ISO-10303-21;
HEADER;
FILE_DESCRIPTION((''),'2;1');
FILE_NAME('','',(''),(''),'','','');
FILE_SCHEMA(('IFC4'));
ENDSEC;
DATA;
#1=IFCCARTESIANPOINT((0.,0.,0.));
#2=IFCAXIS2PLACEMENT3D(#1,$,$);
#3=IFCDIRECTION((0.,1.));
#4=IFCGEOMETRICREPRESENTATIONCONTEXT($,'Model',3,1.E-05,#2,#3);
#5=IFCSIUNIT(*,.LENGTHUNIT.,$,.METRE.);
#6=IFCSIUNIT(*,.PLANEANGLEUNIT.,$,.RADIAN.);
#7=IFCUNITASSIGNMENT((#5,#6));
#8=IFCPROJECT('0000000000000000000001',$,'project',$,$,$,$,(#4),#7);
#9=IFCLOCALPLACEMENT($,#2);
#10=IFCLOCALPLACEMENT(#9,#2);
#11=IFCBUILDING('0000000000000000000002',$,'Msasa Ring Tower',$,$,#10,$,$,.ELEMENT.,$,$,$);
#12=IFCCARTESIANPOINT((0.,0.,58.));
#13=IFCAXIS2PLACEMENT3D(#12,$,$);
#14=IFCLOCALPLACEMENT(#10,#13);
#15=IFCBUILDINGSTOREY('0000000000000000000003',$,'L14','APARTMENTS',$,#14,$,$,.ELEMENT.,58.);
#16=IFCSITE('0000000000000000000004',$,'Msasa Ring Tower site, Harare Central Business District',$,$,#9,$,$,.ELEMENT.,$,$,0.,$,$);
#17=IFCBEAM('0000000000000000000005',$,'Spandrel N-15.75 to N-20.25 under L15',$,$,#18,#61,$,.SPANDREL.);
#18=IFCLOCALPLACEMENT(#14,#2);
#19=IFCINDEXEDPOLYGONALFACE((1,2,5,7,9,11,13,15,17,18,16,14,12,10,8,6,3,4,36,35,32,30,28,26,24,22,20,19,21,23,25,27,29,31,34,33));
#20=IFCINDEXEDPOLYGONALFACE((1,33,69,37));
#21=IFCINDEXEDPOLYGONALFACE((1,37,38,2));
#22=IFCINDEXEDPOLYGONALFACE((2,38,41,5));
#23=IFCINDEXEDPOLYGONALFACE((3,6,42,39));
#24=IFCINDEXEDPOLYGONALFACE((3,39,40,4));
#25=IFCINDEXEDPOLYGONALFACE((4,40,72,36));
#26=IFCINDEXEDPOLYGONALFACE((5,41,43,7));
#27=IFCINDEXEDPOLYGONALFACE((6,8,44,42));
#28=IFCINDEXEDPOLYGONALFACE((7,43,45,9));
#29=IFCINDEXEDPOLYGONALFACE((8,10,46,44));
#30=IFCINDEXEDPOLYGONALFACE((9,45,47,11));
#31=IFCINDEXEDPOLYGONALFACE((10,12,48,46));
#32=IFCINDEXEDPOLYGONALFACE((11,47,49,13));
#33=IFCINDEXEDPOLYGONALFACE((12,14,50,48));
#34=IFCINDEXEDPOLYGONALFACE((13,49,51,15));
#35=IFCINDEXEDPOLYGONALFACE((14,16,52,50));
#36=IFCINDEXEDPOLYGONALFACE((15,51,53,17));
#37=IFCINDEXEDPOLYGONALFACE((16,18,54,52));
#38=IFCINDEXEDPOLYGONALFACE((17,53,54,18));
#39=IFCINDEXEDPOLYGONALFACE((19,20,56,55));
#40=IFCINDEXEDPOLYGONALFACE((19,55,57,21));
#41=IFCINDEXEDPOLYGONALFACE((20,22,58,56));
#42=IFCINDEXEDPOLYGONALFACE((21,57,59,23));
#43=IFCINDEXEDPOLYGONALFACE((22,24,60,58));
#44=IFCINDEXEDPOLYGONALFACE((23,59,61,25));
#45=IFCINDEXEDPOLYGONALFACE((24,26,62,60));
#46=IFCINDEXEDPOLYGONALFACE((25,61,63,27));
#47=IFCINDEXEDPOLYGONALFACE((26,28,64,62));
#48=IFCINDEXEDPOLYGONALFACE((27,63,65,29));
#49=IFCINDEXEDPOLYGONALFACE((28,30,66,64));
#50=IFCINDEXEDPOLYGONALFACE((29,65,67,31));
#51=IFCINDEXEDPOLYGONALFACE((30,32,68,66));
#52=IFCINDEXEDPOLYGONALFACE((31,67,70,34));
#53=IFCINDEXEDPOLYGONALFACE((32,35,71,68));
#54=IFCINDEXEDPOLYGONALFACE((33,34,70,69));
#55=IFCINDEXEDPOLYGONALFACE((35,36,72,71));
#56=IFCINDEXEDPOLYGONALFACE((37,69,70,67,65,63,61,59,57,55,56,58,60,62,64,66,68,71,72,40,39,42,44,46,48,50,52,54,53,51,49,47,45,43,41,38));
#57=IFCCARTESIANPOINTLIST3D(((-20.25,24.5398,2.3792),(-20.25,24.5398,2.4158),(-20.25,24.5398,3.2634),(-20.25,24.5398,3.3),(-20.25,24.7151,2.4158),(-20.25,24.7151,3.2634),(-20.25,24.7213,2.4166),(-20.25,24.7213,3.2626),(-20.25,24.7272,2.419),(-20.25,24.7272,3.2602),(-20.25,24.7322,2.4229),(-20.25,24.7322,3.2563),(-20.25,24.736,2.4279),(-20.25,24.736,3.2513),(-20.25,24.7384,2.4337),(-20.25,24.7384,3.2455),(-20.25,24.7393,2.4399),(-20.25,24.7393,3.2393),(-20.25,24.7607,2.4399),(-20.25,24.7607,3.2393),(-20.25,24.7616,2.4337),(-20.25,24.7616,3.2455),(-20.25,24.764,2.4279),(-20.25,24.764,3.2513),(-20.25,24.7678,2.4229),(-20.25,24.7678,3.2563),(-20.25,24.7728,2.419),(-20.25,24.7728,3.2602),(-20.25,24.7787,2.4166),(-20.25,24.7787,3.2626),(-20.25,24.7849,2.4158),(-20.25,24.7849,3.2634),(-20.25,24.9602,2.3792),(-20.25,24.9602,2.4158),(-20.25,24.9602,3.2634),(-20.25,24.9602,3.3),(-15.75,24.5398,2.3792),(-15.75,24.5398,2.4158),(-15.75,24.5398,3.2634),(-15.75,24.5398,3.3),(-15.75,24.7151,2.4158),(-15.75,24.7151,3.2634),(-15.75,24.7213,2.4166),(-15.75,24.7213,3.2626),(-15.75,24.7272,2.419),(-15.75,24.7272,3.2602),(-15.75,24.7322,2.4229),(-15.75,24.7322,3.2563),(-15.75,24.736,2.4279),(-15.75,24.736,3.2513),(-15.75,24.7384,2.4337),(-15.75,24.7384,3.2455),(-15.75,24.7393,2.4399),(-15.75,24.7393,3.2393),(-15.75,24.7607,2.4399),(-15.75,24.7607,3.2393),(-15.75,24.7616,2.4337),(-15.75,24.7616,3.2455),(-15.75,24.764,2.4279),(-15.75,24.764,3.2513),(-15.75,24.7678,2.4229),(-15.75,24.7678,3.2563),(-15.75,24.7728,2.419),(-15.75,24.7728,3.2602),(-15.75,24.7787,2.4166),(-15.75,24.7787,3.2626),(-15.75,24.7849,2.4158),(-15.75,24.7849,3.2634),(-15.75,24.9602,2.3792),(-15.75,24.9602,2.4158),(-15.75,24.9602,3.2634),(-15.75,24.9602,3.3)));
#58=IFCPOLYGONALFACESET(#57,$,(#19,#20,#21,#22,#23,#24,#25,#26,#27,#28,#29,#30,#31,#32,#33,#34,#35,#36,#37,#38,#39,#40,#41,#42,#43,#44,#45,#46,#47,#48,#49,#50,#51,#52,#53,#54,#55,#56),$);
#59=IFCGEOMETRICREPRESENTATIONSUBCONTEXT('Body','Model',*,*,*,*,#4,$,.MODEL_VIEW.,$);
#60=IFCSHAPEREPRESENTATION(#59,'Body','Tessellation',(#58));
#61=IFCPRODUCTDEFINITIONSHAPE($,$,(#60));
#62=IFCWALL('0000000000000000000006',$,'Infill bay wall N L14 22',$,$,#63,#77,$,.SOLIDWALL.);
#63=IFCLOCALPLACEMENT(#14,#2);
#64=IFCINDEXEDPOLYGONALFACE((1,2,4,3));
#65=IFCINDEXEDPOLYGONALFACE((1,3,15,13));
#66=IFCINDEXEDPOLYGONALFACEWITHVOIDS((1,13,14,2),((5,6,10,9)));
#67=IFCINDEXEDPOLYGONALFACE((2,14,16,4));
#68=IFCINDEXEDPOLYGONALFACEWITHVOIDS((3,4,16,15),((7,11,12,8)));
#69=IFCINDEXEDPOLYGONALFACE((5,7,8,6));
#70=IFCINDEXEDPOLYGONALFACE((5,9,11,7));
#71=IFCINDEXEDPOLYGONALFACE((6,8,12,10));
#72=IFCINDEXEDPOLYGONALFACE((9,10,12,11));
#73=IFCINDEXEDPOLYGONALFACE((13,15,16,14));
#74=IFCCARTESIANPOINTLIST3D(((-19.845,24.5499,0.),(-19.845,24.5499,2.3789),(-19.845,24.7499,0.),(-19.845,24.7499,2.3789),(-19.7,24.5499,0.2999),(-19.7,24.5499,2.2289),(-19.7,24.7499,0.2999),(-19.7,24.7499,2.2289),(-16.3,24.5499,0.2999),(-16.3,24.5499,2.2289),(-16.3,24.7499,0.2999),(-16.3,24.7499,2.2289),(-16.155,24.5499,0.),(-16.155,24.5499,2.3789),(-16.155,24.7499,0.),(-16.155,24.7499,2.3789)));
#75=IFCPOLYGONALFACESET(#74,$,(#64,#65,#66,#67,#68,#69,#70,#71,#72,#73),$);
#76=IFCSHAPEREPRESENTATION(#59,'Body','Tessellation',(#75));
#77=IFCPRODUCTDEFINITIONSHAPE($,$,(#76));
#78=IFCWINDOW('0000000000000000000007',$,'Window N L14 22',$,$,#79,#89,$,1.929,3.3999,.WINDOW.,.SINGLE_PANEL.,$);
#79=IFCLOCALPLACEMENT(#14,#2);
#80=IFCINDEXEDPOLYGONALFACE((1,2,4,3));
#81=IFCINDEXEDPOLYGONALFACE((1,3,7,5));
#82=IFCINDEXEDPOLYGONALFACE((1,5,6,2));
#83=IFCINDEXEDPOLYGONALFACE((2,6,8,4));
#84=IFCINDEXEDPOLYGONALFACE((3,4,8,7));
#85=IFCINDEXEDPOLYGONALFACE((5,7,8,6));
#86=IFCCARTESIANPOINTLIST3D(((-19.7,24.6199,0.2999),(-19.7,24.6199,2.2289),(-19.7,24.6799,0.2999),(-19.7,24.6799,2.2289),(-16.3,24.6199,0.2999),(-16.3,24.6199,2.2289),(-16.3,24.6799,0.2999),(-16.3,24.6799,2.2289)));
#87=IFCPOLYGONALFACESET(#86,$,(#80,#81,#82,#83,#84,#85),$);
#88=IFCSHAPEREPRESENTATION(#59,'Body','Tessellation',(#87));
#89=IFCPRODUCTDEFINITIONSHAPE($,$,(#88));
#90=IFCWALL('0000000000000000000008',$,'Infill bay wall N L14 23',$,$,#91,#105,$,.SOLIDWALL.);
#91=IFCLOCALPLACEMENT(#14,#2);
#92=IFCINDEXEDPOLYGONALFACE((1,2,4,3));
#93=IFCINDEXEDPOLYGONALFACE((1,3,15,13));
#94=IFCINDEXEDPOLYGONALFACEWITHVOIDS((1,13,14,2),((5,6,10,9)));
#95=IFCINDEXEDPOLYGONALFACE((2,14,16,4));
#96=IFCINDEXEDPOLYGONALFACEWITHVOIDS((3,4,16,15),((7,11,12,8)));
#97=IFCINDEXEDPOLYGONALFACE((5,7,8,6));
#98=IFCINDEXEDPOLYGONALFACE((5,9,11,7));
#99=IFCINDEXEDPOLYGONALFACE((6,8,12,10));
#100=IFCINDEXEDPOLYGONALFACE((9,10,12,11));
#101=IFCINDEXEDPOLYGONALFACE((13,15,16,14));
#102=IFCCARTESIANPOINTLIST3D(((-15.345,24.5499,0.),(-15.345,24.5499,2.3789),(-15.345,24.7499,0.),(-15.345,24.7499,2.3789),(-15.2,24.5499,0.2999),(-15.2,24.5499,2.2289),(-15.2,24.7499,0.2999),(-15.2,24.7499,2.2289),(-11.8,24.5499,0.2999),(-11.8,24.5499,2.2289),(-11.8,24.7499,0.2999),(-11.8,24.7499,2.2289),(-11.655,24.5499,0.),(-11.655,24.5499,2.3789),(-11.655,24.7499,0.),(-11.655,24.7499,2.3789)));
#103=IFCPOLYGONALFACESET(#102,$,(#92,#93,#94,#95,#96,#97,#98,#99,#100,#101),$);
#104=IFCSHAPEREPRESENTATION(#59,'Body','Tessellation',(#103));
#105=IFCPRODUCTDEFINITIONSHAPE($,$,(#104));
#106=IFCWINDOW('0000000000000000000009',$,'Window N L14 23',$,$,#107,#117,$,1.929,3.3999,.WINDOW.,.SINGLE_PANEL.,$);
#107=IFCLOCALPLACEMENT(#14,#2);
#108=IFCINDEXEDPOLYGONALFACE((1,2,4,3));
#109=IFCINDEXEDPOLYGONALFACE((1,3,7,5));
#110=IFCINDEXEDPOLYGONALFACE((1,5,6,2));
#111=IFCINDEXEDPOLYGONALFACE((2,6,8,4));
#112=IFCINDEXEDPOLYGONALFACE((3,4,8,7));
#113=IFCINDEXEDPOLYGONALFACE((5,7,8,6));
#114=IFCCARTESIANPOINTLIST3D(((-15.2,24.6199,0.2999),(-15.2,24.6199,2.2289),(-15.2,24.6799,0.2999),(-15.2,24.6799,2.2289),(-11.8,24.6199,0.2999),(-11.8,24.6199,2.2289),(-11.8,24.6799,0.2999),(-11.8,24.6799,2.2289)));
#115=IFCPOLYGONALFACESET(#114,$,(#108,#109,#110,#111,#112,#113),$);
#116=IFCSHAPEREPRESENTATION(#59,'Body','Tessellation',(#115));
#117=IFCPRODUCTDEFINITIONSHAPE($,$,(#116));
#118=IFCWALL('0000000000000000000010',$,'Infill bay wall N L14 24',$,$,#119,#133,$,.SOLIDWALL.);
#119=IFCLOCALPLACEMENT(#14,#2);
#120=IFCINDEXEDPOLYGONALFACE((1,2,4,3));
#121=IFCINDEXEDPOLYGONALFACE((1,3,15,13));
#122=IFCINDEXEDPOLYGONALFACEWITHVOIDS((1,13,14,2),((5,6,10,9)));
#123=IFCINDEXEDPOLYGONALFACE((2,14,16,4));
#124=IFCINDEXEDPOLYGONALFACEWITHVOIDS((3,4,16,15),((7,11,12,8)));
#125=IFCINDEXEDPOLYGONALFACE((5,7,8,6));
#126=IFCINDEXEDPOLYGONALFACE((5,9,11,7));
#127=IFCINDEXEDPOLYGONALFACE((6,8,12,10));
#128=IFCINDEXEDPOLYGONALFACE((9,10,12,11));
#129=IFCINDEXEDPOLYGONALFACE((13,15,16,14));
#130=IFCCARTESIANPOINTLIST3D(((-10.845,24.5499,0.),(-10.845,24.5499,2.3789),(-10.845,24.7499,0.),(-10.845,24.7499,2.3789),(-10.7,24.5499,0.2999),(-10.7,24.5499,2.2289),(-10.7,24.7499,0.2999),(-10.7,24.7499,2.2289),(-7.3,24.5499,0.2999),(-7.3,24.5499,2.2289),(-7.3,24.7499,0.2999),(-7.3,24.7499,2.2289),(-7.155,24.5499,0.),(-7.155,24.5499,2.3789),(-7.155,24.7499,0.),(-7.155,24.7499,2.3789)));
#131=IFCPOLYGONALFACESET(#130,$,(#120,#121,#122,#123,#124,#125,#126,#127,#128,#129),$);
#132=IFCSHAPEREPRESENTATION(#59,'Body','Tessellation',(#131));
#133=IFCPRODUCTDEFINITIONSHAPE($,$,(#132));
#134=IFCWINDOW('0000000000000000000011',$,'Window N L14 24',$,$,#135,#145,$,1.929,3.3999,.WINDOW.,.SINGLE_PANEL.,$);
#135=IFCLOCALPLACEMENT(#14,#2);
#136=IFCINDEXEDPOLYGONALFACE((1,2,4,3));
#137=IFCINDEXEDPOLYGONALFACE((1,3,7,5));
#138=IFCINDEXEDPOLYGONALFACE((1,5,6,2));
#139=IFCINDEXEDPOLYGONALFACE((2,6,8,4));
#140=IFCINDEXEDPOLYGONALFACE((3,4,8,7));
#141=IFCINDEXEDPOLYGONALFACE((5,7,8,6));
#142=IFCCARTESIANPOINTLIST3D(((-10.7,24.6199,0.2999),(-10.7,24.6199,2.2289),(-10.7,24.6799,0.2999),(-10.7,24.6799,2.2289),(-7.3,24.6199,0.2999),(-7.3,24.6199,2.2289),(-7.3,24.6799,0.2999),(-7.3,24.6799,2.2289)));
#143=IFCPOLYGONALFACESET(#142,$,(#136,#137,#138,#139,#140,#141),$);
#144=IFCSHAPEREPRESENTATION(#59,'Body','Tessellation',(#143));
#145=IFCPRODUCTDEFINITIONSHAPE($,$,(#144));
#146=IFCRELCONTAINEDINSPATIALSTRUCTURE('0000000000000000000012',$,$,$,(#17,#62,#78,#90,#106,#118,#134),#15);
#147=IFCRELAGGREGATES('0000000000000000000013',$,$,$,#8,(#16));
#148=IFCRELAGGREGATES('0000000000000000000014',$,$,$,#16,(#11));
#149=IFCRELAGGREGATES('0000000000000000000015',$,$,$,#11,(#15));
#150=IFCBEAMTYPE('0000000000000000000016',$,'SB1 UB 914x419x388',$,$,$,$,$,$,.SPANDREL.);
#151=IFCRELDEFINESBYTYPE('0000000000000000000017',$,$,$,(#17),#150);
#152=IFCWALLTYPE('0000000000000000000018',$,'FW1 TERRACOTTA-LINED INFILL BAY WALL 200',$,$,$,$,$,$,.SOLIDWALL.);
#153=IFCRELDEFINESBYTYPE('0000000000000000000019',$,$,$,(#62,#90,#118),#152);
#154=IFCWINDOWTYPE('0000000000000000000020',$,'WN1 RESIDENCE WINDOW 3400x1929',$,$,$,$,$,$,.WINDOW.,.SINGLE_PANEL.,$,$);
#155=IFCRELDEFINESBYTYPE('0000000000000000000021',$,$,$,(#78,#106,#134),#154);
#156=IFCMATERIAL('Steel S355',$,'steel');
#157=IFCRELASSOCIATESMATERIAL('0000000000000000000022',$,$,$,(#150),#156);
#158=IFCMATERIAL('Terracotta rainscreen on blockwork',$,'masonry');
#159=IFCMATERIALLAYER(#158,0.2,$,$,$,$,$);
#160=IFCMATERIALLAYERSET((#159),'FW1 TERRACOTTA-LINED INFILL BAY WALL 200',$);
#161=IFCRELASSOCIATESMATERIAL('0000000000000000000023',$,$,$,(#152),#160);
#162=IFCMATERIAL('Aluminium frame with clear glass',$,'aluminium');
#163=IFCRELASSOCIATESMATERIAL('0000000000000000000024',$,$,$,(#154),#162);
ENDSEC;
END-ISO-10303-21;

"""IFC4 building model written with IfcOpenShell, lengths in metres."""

from ifc_helpers import new_model, si_unit, direction, frame, frame_2d, origin, origin_2d, place, context, subcontext, project, spatial, rectangle, i_section, extrude, material, layer, layer_set, material_profile, profile_set, type_object, element, fill, save


model = new_model("IFC4")

# Units and contexts
model_context = context("Model", 3, precision=1e-05, world=origin(), true_north=direction((0.0, 1.0)))
body_context = subcontext(model_context, "Body", "Model", "MODEL_VIEW")
ifc_project = project(units=[si_unit("LENGTHUNIT", "METRE"), si_unit("PLANEANGLEUNIT", "RADIAN")], contexts=[model_context])

# Site, building, storey
site_placement = place(None, origin())
site = spatial("IfcSite", under=ifc_project, at=site_placement, Name="Msasa Ring Tower site, Harare Central Business District", CompositionType="ELEMENT", RefElevation=0.0)
building_placement = place(site_placement, origin())
building = spatial("IfcBuilding", under=site, at=building_placement, Name="Msasa Ring Tower", CompositionType="ELEMENT")
storey_placement = place(building_placement, frame((0.0, 0.0, 58.0)))
storey = spatial("IfcBuildingStorey", under=building, at=storey_placement, Name="L14", Description="APARTMENTS", CompositionType="ELEMENT", Elevation=58.0)

# Beam
ifc_material_1 = material(Name="Steel S355", Category="steel")
ifc_material_profile_1 = material_profile(ifc_material_1, i_section(OverallWidth=0.4204, OverallDepth=0.9209, WebThickness=0.0215, FlangeThickness=0.0366, FilletRadius=0.0242, at=origin_2d()), Name="UB 914x419x388")
ifc_profile_set_1 = profile_set([ifc_material_profile_1], Name="Steel S355")
beam_type_1 = type_object("IfcBeamType", Name="SB1 UB 914x419x388", PredefinedType="SPANDREL", material=ifc_profile_set_1)
for number, where, z_axis, x_axis, name in (
    (1, (-15.75, 24.75, 2.8396), (-1.0, 0.0, 0.0), (0.0, -1.0, 0.0), "Spandrel N-15.75 to N-20.25 under L15"),
):
    element("IfcBeam", number, at=place(storey_placement, frame(where, z_axis=z_axis, x_axis=x_axis)), inside=storey, type_object=beam_type_1, Name=name, PredefinedType="SPANDREL", context=body_context, shape_type="SweptSolid", body=[
        extrude(i_section(OverallWidth=0.4204, OverallDepth=0.9209, WebThickness=0.0215, FlangeThickness=0.0366, FilletRadius=0.0242, at=origin_2d()), origin(), (0.0, 0.0, 1.0), 4.5),
    ])

# Walls, openings, windows
ifc_material_2 = material(Name="Terracotta rainscreen on blockwork", Category="masonry")
ifc_layer_1 = layer(ifc_material_2, 0.2)
ifc_layer_set_1 = layer_set([ifc_layer_1], Name="FW1 TERRACOTTA-LINED INFILL BAY WALL 200")
wall_type_1 = type_object("IfcWallType", Name="FW1 TERRACOTTA-LINED INFILL BAY WALL 200", PredefinedType="SOLIDWALL", material=ifc_layer_set_1)
wall_1_placement = place(storey_placement, frame((-19.845, 24.6499, 0.0), z_axis=(0.0, 0.0, 1.0), x_axis=(1.0, 0.0, 0.0)))
wall_1 = element("IfcWall", 2, at=wall_1_placement, inside=storey, type_object=wall_type_1, Name="Infill bay wall N L14 22", PredefinedType="SOLIDWALL", context=body_context, shape_type="SweptSolid", body=[
    extrude(rectangle(XDim=3.6899, YDim=0.2, at=frame_2d((1.845, 0.0))), origin(), (0.0, 0.0, 1.0), 2.3789),
])
opening_1_placement = place(wall_1_placement, frame((0.145, 0.0, 0.3)))
opening_1 = element("IfcOpeningElement", 3, at=opening_1_placement, cuts=wall_1, PredefinedType="OPENING", context=body_context, shape_type="SweptSolid", body=[
    extrude(rectangle(XDim=3.3999, YDim=1.929, at=frame_2d((1.7, 0.9644))), frame((0.0, 0.1099, 0.0), z_axis=(0.0, -1.0, 0.0), x_axis=(1.0, 0.0, 0.0)), (0.0, 0.0, 1.0), 0.22),
])
ifc_material_3 = material(Name="Aluminium frame with clear glass", Category="aluminium")
window_type = type_object("IfcWindowType", Name="WN1 RESIDENCE WINDOW 3400x1929", PartitioningType="SINGLE_PANEL", PredefinedType="WINDOW", material=ifc_material_3)
window_1_placement = place(opening_1_placement, origin())
window_1 = element("IfcWindow", 4, at=window_1_placement, inside=storey, type_object=window_type, Name="Window N L14 22", OverallHeight=1.929, OverallWidth=3.3999, PartitioningType="SINGLE_PANEL", PredefinedType="WINDOW", context=body_context, shape_type="SweptSolid", body=[
    extrude(rectangle(XDim=3.3999, YDim=1.929, at=frame_2d((1.7, 0.9644))), frame((0.0, 0.03, 0.0), z_axis=(0.0, -1.0, 0.0), x_axis=(1.0, 0.0, 0.0)), (0.0, 0.0, 1.0), 0.0601),
])
fill(opening_1, window_1)
wall_2_placement = place(storey_placement, frame((-15.345, 24.6499, 0.0), z_axis=(0.0, 0.0, 1.0), x_axis=(1.0, 0.0, 0.0)))
wall_2 = element("IfcWall", 5, at=wall_2_placement, inside=storey, type_object=wall_type_1, Name="Infill bay wall N L14 23", PredefinedType="SOLIDWALL", context=body_context, shape_type="SweptSolid", body=[
    extrude(rectangle(XDim=3.6899, YDim=0.2, at=frame_2d((1.845, 0.0))), origin(), (0.0, 0.0, 1.0), 2.3789),
])
opening_2_placement = place(wall_2_placement, frame((0.145, 0.0, 0.3)))
opening_2 = element("IfcOpeningElement", 6, at=opening_2_placement, cuts=wall_2, PredefinedType="OPENING", context=body_context, shape_type="SweptSolid", body=[
    extrude(rectangle(XDim=3.3999, YDim=1.929, at=frame_2d((1.7, 0.9644))), frame((0.0, 0.1099, 0.0), z_axis=(0.0, -1.0, 0.0), x_axis=(1.0, 0.0, 0.0)), (0.0, 0.0, 1.0), 0.22),
])
window_2_placement = place(opening_2_placement, origin())
window_2 = element("IfcWindow", 7, at=window_2_placement, inside=storey, type_object=window_type, Name="Window N L14 23", OverallHeight=1.929, OverallWidth=3.3999, PartitioningType="SINGLE_PANEL", PredefinedType="WINDOW", context=body_context, shape_type="SweptSolid", body=[
    extrude(rectangle(XDim=3.3999, YDim=1.929, at=frame_2d((1.7, 0.9644))), frame((0.0, 0.03, 0.0), z_axis=(0.0, -1.0, 0.0), x_axis=(1.0, 0.0, 0.0)), (0.0, 0.0, 1.0), 0.0601),
])
fill(opening_2, window_2)
wall_3_placement = place(storey_placement, frame((-10.845, 24.6499, 0.0), z_axis=(0.0, 0.0, 1.0), x_axis=(1.0, 0.0, 0.0)))
wall_3 = element("IfcWall", 8, at=wall_3_placement, inside=storey, type_object=wall_type_1, Name="Infill bay wall N L14 24", PredefinedType="SOLIDWALL", context=body_context, shape_type="SweptSolid", body=[
    extrude(rectangle(XDim=3.6899, YDim=0.2, at=frame_2d((1.845, 0.0))), origin(), (0.0, 0.0, 1.0), 2.3789),
])
opening_3_placement = place(wall_3_placement, frame((0.145, 0.0, 0.3)))
opening_3 = element("IfcOpeningElement", 9, at=opening_3_placement, cuts=wall_3, PredefinedType="OPENING", context=body_context, shape_type="SweptSolid", body=[
    extrude(rectangle(XDim=3.3999, YDim=1.929, at=frame_2d((1.7, 0.9644))), frame((0.0, 0.1099, 0.0), z_axis=(0.0, -1.0, 0.0), x_axis=(1.0, 0.0, 0.0)), (0.0, 0.0, 1.0), 0.22),
])
window_3_placement = place(opening_3_placement, origin())
window_3 = element("IfcWindow", 10, at=window_3_placement, inside=storey, type_object=window_type, Name="Window N L14 24", OverallHeight=1.929, OverallWidth=3.3999, PartitioningType="SINGLE_PANEL", PredefinedType="WINDOW", context=body_context, shape_type="SweptSolid", body=[
    extrude(rectangle(XDim=3.3999, YDim=1.929, at=frame_2d((1.7, 0.9644))), frame((0.0, 0.03, 0.0), z_axis=(0.0, -1.0, 0.0), x_axis=(1.0, 0.0, 0.0)), (0.0, 0.0, 1.0), 0.0601),
])
fill(opening_3, window_3)

save(model, "model.ifc")
